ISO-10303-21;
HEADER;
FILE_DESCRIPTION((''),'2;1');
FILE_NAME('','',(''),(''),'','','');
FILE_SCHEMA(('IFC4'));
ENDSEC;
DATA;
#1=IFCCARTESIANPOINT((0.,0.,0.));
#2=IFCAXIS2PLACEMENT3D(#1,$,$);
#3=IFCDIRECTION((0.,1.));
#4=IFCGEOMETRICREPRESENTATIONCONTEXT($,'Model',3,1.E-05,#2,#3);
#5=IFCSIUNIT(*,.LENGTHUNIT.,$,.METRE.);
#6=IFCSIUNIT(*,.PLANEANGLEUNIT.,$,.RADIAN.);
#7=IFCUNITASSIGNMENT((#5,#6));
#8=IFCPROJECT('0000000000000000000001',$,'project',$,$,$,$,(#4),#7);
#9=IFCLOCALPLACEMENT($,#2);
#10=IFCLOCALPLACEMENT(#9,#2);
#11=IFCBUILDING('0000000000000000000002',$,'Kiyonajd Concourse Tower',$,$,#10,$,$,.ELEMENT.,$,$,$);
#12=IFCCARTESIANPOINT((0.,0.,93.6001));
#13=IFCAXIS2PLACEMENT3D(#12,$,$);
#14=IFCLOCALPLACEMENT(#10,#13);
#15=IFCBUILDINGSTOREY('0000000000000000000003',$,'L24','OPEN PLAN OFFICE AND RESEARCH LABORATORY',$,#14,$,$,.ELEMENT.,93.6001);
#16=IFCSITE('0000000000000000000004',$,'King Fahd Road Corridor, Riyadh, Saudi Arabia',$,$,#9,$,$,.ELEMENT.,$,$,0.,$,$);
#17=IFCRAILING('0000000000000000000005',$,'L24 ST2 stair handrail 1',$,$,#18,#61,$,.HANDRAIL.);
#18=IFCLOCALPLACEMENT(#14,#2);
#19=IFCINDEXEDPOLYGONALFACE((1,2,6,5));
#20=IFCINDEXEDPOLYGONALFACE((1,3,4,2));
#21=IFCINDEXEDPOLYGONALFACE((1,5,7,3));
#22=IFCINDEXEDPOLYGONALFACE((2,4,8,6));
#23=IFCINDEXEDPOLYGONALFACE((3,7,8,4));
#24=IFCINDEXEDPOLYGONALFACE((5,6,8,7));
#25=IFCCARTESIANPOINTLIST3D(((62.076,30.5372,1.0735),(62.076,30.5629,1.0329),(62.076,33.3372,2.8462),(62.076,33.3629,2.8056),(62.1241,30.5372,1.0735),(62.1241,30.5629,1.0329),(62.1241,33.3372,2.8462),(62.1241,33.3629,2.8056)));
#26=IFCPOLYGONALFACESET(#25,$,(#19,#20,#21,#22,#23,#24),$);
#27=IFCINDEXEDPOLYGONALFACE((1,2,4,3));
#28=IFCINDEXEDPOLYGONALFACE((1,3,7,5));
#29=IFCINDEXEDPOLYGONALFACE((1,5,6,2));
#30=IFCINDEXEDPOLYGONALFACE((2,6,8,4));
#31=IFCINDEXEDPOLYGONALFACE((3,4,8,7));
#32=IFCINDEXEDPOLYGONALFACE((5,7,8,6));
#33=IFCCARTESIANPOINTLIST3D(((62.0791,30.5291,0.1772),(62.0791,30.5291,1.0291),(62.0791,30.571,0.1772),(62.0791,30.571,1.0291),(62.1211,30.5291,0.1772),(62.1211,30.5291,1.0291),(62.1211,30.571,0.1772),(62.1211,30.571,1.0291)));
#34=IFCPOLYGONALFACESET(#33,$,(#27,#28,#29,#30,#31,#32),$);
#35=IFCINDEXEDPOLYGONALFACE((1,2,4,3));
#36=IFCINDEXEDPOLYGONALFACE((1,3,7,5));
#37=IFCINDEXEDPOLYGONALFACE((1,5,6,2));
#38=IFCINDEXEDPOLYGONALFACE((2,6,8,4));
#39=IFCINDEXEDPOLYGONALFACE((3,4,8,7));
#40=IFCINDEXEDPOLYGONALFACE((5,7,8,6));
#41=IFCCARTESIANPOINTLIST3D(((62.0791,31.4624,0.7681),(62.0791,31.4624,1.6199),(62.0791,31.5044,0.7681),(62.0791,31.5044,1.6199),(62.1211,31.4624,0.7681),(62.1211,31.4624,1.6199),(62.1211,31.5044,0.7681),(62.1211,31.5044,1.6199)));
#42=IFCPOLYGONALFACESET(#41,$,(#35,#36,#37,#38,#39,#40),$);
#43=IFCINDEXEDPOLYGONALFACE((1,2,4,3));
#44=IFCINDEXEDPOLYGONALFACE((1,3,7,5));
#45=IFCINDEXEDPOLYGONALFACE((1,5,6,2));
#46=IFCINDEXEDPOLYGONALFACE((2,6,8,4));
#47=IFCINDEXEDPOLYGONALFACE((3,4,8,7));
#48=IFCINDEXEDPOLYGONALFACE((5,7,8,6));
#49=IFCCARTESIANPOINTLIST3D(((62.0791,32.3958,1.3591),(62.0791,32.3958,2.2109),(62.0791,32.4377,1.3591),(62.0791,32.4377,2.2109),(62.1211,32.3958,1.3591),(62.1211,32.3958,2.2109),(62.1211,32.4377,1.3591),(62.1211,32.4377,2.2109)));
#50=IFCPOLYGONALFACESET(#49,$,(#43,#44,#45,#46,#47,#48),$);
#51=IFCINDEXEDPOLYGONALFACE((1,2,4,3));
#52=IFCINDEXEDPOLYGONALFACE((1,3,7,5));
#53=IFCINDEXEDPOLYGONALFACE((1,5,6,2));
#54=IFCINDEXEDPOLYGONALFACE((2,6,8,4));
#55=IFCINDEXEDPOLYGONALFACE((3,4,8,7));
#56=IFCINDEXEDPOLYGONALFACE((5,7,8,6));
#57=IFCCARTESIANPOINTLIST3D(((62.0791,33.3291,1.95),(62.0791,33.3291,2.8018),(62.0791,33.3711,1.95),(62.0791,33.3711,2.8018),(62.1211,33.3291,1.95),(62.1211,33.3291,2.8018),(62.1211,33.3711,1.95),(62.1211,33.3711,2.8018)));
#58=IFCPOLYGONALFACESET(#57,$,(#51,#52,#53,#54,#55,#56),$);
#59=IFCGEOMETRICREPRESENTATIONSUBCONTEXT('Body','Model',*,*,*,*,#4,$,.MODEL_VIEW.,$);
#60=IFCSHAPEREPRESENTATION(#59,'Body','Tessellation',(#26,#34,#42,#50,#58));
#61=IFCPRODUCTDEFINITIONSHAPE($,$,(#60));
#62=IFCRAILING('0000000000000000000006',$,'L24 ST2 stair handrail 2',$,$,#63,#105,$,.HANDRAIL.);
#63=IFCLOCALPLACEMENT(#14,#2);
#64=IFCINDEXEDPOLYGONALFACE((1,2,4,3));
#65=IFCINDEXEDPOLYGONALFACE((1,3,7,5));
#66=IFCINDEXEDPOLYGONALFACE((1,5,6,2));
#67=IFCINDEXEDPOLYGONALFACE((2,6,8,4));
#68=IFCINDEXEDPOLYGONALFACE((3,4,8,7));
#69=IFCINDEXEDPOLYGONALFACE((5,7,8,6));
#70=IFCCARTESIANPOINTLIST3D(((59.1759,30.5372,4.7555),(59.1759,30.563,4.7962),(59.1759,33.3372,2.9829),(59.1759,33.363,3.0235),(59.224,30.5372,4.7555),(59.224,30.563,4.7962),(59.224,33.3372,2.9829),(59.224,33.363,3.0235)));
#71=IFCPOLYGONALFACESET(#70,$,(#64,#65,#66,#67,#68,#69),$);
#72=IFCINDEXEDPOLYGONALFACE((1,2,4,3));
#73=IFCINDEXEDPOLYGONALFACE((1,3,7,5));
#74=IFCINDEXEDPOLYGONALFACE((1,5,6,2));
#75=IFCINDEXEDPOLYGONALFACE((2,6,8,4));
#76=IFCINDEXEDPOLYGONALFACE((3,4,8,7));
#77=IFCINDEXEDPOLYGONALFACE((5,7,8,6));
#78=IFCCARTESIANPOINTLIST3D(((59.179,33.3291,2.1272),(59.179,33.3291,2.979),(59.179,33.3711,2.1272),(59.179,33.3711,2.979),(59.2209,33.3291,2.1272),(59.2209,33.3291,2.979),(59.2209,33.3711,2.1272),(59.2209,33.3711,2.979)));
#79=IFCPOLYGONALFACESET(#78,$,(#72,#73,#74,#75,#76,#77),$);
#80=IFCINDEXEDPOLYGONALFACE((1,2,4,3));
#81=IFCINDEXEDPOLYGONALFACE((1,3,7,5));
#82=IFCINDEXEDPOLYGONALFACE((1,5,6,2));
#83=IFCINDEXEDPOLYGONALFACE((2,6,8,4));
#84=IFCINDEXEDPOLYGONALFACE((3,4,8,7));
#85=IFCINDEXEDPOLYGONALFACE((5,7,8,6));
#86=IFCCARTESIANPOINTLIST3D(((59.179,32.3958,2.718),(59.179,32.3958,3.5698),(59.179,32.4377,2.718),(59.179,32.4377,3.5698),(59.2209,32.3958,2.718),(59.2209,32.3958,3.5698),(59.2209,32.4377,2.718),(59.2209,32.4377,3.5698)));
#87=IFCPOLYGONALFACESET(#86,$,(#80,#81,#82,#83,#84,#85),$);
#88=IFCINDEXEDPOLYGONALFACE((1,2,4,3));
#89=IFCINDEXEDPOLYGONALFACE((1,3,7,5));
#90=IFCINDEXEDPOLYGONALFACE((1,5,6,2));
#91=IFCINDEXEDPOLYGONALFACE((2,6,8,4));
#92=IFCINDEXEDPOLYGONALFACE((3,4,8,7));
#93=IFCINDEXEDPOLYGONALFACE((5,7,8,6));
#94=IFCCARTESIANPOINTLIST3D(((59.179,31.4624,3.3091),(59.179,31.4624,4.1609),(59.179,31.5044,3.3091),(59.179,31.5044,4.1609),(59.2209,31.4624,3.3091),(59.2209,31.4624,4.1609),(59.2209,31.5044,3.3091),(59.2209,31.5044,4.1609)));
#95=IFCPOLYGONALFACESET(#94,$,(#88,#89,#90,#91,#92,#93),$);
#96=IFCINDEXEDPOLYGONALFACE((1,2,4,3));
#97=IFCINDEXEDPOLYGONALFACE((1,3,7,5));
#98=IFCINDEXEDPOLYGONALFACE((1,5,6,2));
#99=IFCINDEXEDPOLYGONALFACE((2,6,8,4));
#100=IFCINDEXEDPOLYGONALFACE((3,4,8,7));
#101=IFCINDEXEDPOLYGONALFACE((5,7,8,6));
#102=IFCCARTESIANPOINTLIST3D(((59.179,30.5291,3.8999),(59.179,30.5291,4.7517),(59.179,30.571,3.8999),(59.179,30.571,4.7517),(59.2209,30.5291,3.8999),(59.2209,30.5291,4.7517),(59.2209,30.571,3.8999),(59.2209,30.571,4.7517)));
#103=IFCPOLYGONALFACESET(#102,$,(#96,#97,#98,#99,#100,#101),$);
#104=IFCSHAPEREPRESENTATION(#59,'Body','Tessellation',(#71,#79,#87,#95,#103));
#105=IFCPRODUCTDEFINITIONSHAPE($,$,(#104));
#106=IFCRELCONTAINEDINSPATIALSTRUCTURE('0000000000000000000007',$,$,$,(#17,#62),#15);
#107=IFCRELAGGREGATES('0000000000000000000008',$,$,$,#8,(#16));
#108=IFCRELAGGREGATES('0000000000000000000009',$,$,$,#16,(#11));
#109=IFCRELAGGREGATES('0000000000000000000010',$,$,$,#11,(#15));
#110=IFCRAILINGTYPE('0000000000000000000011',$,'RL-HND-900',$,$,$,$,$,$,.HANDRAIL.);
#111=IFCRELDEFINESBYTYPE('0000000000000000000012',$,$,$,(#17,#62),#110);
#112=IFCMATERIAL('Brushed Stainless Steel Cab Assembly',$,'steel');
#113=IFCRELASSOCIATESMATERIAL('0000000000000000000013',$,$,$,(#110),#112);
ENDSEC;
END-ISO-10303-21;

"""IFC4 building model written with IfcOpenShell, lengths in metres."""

from ifc_helpers import new_model, si_unit, direction, frame, origin, origin_2d, place, context, subcontext, project, spatial, rectangle, extrude, material, type_object, element, save


model = new_model("IFC4")

# Units and contexts
model_context = context("Model", 3, precision=1e-05, world=origin(), true_north=direction((0.0, 1.0)))
body_context = subcontext(model_context, "Body", "Model", "MODEL_VIEW")
ifc_project = project(units=[si_unit("LENGTHUNIT", "METRE"), si_unit("PLANEANGLEUNIT", "RADIAN")], contexts=[model_context])

# Site, building, storey
site_placement = place(None, origin())
site = spatial("IfcSite", under=ifc_project, at=site_placement, Name="King Fahd Road Corridor, Riyadh, Saudi Arabia", CompositionType="ELEMENT", RefElevation=0.0)
building_placement = place(site_placement, origin())
building = spatial("IfcBuilding", under=site, at=building_placement, Name="Kiyonajd Concourse Tower", CompositionType="ELEMENT")
storey_placement = place(building_placement, frame((0.0, 0.0, 93.6001)))
storey = spatial("IfcBuildingStorey", under=building, at=storey_placement, Name="L24", Description="OPEN PLAN OFFICE AND RESEARCH LABORATORY", CompositionType="ELEMENT", Elevation=93.6001)

# Shared definitions
ifc_material_1 = material(Name="Brushed Stainless Steel Cab Assembly", Category="steel")

# Railings
railing_type_1 = type_object("IfcRailingType", Name="RL-HND-900", PredefinedType="HANDRAIL", material=ifc_material_1)
railing_1_placement = place(storey_placement, frame((62.1001, 30.55, 0.1772)))
element("IfcRailing", 1, at=railing_1_placement, inside=storey, type_object=railing_type_1, Name="L24 ST2 stair handrail 1", PredefinedType="HANDRAIL", context=body_context, shape_type="SweptSolid", body=[
    extrude(rectangle(XDim=0.0481, YDim=0.0481, at=origin_2d()), frame((0.0, 0.0, 0.876), z_axis=(0.0, 0.844909, 0.53491), x_axis=(-1.0, 0.0, 0.0)), (0.0, 0.0, 1.0), 3.314),
    extrude(rectangle(XDim=0.042, YDim=0.042, at=origin_2d()), origin(), (0.0, 0.0, 1.0), 0.8518),
    extrude(rectangle(XDim=0.042, YDim=0.042, at=origin_2d()), frame((0.0, 0.9333, 0.5908)), (0.0, 0.0, 1.0), 0.8518),
    extrude(rectangle(XDim=0.042, YDim=0.042, at=origin_2d()), frame((0.0, 1.8667, 1.1819)), (0.0, 0.0, 1.0), 0.8518),
    extrude(rectangle(XDim=0.042, YDim=0.042, at=origin_2d()), frame((0.0, 2.8, 1.7727)), (0.0, 0.0, 1.0), 0.8518),
])
railing_2_placement = place(storey_placement, frame((59.2, 33.3501, 2.1272)))
element("IfcRailing", 2, at=railing_2_placement, inside=storey, type_object=railing_type_1, Name="L24 ST2 stair handrail 2", PredefinedType="HANDRAIL", context=body_context, shape_type="SweptSolid", body=[
    extrude(rectangle(XDim=0.0481, YDim=0.0481, at=origin_2d()), frame((0.0, 0.0, 0.876), z_axis=(0.0, -0.844909, 0.53491), x_axis=(1.0, 0.0, 0.0)), (0.0, 0.0, 1.0), 3.314),
    extrude(rectangle(XDim=0.042, YDim=0.042, at=origin_2d()), origin(), (0.0, 0.0, 1.0), 0.8518),
    extrude(rectangle(XDim=0.042, YDim=0.042, at=origin_2d()), frame((0.0, -0.9333, 0.5908)), (0.0, 0.0, 1.0), 0.8518),
    extrude(rectangle(XDim=0.042, YDim=0.042, at=origin_2d()), frame((0.0, -1.8667, 1.1819)), (0.0, 0.0, 1.0), 0.8518),
    extrude(rectangle(XDim=0.042, YDim=0.042, at=origin_2d()), frame((0.0, -2.8, 1.7727)), (0.0, 0.0, 1.0), 0.8518),
])

save(model, "model.ifc")
